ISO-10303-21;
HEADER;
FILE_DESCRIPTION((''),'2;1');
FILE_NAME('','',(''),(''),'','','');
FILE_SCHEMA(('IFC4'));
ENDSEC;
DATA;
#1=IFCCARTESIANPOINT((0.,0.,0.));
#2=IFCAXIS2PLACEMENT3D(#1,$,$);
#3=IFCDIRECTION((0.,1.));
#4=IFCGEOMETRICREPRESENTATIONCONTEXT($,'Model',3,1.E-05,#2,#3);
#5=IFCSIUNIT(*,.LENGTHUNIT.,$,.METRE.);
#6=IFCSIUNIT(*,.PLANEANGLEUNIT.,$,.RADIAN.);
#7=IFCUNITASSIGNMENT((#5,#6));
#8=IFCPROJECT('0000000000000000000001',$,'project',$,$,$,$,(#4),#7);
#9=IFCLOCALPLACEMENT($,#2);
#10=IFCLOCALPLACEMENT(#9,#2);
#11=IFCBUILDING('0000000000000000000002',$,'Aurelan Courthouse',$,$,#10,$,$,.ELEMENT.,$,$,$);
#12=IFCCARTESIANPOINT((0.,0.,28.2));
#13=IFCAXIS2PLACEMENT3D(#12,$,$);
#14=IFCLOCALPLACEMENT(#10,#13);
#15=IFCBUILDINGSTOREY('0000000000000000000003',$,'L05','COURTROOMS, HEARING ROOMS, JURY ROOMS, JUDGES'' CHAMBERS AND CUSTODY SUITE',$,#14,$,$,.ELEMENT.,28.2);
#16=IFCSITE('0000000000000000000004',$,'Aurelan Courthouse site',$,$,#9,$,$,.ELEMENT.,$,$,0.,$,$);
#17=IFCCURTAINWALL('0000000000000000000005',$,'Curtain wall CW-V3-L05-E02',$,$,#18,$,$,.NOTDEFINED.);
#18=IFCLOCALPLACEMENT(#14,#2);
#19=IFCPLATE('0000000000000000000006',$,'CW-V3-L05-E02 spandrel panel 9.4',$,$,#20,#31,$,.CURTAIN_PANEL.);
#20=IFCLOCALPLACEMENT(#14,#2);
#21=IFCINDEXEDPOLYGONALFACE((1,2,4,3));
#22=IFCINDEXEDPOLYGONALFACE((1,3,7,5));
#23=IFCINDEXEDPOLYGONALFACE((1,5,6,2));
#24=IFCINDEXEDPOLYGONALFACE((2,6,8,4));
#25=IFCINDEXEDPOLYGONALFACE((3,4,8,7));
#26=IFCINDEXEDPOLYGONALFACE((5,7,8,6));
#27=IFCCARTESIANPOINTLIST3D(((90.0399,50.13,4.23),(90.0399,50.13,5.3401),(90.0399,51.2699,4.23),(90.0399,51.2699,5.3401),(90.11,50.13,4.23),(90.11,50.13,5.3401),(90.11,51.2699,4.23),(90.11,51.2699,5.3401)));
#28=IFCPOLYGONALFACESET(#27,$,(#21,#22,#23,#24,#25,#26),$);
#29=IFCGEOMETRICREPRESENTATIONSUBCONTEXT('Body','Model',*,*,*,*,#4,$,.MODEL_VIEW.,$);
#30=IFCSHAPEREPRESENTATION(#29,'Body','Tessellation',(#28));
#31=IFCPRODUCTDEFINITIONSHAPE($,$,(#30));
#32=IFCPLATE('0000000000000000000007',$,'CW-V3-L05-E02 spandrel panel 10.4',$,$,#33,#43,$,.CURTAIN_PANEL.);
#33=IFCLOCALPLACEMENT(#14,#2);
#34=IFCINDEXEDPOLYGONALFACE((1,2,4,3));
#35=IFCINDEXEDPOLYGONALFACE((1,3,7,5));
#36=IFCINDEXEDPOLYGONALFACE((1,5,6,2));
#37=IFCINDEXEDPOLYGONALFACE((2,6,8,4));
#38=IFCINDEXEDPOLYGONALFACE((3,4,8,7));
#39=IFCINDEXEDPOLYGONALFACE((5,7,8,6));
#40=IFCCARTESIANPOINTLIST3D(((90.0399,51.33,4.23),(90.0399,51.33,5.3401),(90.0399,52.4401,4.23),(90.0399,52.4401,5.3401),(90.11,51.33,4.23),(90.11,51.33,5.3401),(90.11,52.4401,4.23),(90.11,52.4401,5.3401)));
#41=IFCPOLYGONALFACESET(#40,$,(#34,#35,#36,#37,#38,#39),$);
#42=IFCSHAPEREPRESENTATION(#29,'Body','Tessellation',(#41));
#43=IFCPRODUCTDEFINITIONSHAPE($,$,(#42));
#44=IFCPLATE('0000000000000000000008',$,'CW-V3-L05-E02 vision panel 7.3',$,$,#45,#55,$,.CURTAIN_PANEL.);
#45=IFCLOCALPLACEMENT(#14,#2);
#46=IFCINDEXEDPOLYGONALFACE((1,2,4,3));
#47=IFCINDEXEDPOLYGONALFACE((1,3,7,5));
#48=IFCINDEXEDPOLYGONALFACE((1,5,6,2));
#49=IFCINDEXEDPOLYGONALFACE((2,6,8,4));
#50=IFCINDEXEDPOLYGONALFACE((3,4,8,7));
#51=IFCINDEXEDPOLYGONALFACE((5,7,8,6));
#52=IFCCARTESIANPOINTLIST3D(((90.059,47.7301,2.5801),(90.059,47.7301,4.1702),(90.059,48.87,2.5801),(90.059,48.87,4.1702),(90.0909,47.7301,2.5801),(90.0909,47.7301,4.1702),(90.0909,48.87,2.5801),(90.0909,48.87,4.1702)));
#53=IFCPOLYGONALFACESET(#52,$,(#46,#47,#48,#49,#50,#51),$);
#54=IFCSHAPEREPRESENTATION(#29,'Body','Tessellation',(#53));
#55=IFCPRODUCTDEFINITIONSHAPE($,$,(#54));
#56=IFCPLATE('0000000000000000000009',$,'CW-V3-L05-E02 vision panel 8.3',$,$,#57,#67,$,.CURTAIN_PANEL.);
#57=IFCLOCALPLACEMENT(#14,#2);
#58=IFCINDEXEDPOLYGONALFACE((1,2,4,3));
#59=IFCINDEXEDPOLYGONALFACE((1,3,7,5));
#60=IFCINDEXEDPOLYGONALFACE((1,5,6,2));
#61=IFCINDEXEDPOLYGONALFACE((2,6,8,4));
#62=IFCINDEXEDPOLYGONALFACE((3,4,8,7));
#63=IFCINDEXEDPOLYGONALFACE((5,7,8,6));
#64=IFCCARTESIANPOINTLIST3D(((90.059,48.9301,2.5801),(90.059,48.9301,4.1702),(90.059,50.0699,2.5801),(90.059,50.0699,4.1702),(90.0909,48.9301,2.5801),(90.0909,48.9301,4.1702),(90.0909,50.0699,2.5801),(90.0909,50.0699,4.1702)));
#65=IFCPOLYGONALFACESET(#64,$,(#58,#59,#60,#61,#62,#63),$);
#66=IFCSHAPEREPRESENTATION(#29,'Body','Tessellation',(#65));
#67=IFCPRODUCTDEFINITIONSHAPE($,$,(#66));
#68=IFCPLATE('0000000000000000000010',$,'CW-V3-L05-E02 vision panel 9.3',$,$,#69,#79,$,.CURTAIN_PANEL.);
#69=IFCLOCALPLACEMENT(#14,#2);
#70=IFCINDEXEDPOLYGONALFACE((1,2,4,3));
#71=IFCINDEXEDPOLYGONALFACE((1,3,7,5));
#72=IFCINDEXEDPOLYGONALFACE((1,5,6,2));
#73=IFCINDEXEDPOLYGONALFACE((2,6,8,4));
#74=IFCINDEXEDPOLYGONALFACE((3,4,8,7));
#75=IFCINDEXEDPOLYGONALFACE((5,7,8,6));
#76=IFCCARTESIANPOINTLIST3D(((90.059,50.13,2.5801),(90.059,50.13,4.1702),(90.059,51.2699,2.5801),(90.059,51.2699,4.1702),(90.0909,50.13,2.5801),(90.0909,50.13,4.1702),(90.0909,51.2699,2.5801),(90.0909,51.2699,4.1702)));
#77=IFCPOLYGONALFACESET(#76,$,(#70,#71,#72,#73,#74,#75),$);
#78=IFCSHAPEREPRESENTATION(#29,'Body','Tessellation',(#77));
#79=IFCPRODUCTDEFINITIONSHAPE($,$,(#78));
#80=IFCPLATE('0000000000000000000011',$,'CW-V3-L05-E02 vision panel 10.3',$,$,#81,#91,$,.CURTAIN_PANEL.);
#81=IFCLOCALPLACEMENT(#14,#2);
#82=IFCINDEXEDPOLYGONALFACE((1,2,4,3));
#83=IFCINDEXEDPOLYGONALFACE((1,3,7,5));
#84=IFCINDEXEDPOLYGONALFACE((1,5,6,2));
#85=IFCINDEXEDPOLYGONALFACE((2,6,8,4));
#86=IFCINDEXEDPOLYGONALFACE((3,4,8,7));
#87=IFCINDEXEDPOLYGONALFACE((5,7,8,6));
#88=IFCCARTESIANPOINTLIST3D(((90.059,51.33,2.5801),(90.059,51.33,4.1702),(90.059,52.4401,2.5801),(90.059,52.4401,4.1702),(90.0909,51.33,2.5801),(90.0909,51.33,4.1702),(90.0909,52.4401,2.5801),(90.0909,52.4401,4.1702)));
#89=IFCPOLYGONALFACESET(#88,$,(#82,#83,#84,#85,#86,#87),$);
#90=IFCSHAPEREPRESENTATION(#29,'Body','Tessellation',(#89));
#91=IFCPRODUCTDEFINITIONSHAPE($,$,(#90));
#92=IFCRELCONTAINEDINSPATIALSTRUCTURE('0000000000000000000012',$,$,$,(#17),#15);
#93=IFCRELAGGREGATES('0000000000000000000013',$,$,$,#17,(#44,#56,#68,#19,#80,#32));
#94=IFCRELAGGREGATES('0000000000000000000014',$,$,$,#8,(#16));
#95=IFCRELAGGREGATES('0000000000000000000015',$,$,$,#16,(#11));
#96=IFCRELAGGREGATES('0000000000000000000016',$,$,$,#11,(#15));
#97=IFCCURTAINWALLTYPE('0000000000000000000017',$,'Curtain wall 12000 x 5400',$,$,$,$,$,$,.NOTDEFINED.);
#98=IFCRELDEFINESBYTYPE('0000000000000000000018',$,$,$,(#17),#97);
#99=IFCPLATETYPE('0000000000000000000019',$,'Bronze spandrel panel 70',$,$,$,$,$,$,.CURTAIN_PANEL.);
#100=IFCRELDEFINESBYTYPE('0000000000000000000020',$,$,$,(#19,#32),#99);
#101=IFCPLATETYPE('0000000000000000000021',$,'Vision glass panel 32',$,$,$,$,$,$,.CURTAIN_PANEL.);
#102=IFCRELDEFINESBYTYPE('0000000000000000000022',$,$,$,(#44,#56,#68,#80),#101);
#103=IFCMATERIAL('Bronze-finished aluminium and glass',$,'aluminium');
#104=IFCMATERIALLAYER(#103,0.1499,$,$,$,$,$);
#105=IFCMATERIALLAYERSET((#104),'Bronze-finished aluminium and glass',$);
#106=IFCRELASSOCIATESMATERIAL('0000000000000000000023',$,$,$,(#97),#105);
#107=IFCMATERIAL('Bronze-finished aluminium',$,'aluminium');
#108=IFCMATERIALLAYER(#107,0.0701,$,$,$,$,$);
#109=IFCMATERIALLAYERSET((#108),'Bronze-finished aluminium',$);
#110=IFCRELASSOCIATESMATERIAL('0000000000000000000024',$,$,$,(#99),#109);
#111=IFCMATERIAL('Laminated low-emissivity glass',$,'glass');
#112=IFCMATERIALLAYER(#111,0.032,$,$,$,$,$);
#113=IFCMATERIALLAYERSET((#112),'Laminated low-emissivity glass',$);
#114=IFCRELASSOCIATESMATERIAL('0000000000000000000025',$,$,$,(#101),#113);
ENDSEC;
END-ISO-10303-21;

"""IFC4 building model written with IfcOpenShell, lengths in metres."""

from ifc_helpers import new_model, si_unit, direction, frame, origin, origin_2d, place, context, subcontext, project, spatial, rectangle, extrude, material, layer, layer_set, type_object, element, aggregate, save


model = new_model("IFC4")

# Units and contexts
model_context = context("Model", 3, precision=1e-05, world=origin(), true_north=direction((0.0, 1.0)))
body_context = subcontext(model_context, "Body", "Model", "MODEL_VIEW")
ifc_project = project(units=[si_unit("LENGTHUNIT", "METRE"), si_unit("PLANEANGLEUNIT", "RADIAN")], contexts=[model_context])

# Site, building, storey
site_placement = place(None, origin())
site = spatial("IfcSite", under=ifc_project, at=site_placement, Name="Aurelan Courthouse site", CompositionType="ELEMENT", RefElevation=0.0)
building_placement = place(site_placement, origin())
building = spatial("IfcBuilding", under=site, at=building_placement, Name="Aurelan Courthouse", CompositionType="ELEMENT")
storey_placement = place(building_placement, frame((0.0, 0.0, 28.2)))
storey = spatial("IfcBuildingStorey", under=building, at=storey_placement, Name="L05", Description="COURTROOMS, HEARING ROOMS, JURY ROOMS, JUDGES' CHAMBERS AND CUSTODY SUITE", CompositionType="ELEMENT", Elevation=28.2)

# Curtain wall
ifc_material_1 = material(Name="Bronze-finished aluminium and glass", Category="aluminium")
ifc_layer_1 = layer(ifc_material_1, 0.1499)
ifc_layer_set_1 = layer_set([ifc_layer_1], Name="Bronze-finished aluminium and glass")
curtain_wall_type_1 = type_object("IfcCurtainWallType", Name="Curtain wall 12000 x 5400", PredefinedType="NOTDEFINED", material=ifc_layer_set_1)
curtain_wall_1_placement = place(storey_placement, origin())
curtain_wall_1 = element("IfcCurtainWall", 1, at=curtain_wall_1_placement, inside=storey, type_object=curtain_wall_type_1, Name="Curtain wall CW-V3-L05-E02", PredefinedType="NOTDEFINED")
ifc_material_2 = material(Name="Bronze-finished aluminium", Category="aluminium")

# Plates
ifc_layer_2 = layer(ifc_material_2, 0.0701)
ifc_layer_set_2 = layer_set([ifc_layer_2], Name="Bronze-finished aluminium")
plate_type_1 = type_object("IfcPlateType", Name="Bronze spandrel panel 70", PredefinedType="CURTAIN_PANEL", material=ifc_layer_set_2)
plate_1_placement = place(storey_placement, frame((90.075, 50.7, 4.23), z_axis=(0.0, 0.0, 1.0), x_axis=(0.0, 1.0, 0.0)))
plate_1 = element("IfcPlate", 2, at=plate_1_placement, type_object=plate_type_1, Name="CW-V3-L05-E02 spandrel panel 9.4", PredefinedType="CURTAIN_PANEL", context=body_context, shape_type="SweptSolid", body=[
    extrude(rectangle(XDim=1.1399, YDim=0.0701, at=origin_2d()), origin(), (0.0, 0.0, 1.0), 1.1101),
])
plate_2_placement = place(storey_placement, frame((90.075, 51.885, 4.23), z_axis=(0.0, 0.0, 1.0), x_axis=(0.0, 1.0, 0.0)))
plate_2 = element("IfcPlate", 3, at=plate_2_placement, type_object=plate_type_1, Name="CW-V3-L05-E02 spandrel panel 10.4", PredefinedType="CURTAIN_PANEL", context=body_context, shape_type="SweptSolid", body=[
    extrude(rectangle(XDim=1.1101, YDim=0.0701, at=origin_2d()), origin(), (0.0, 0.0, 1.0), 1.1101),
])
ifc_material_3 = material(Name="Laminated low-emissivity glass", Category="glass")
ifc_layer_3 = layer(ifc_material_3, 0.032)
ifc_layer_set_3 = layer_set([ifc_layer_3], Name="Laminated low-emissivity glass")
plate_type_2 = type_object("IfcPlateType", Name="Vision glass panel 32", PredefinedType="CURTAIN_PANEL", material=ifc_layer_set_3)
plate_3_placement = place(storey_placement, frame((90.075, 48.3, 2.5801), z_axis=(0.0, 0.0, 1.0), x_axis=(0.0, 1.0, 0.0)))
plate_3 = element("IfcPlate", 4, at=plate_3_placement, type_object=plate_type_2, Name="CW-V3-L05-E02 vision panel 7.3", PredefinedType="CURTAIN_PANEL", context=body_context, shape_type="SweptSolid", body=[
    extrude(rectangle(XDim=1.1399, YDim=0.032, at=origin_2d()), origin(), (0.0, 0.0, 1.0), 1.5901),
])
plate_4_placement = place(storey_placement, frame((90.075, 49.5, 2.5801), z_axis=(0.0, 0.0, 1.0), x_axis=(0.0, 1.0, 0.0)))
plate_4 = element("IfcPlate", 5, at=plate_4_placement, type_object=plate_type_2, Name="CW-V3-L05-E02 vision panel 8.3", PredefinedType="CURTAIN_PANEL", context=body_context, shape_type="SweptSolid", body=[
    extrude(rectangle(XDim=1.1399, YDim=0.032, at=origin_2d()), origin(), (0.0, 0.0, 1.0), 1.5901),
])
plate_5_placement = place(storey_placement, frame((90.075, 50.7, 2.5801), z_axis=(0.0, 0.0, 1.0), x_axis=(0.0, 1.0, 0.0)))
plate_5 = element("IfcPlate", 6, at=plate_5_placement, type_object=plate_type_2, Name="CW-V3-L05-E02 vision panel 9.3", PredefinedType="CURTAIN_PANEL", context=body_context, shape_type="SweptSolid", body=[
    extrude(rectangle(XDim=1.1399, YDim=0.032, at=origin_2d()), origin(), (0.0, 0.0, 1.0), 1.5901),
])
plate_6_placement = place(storey_placement, frame((90.075, 51.885, 2.5801), z_axis=(0.0, 0.0, 1.0), x_axis=(0.0, 1.0, 0.0)))
plate_6 = element("IfcPlate", 7, at=plate_6_placement, type_object=plate_type_2, Name="CW-V3-L05-E02 vision panel 10.3", PredefinedType="CURTAIN_PANEL", context=body_context, shape_type="SweptSolid", body=[
    extrude(rectangle(XDim=1.1101, YDim=0.032, at=origin_2d()), origin(), (0.0, 0.0, 1.0), 1.5901),
])
aggregate(curtain_wall_1, [plate_3, plate_4, plate_5, plate_1, plate_6, plate_2])

save(model, "model.ifc")
